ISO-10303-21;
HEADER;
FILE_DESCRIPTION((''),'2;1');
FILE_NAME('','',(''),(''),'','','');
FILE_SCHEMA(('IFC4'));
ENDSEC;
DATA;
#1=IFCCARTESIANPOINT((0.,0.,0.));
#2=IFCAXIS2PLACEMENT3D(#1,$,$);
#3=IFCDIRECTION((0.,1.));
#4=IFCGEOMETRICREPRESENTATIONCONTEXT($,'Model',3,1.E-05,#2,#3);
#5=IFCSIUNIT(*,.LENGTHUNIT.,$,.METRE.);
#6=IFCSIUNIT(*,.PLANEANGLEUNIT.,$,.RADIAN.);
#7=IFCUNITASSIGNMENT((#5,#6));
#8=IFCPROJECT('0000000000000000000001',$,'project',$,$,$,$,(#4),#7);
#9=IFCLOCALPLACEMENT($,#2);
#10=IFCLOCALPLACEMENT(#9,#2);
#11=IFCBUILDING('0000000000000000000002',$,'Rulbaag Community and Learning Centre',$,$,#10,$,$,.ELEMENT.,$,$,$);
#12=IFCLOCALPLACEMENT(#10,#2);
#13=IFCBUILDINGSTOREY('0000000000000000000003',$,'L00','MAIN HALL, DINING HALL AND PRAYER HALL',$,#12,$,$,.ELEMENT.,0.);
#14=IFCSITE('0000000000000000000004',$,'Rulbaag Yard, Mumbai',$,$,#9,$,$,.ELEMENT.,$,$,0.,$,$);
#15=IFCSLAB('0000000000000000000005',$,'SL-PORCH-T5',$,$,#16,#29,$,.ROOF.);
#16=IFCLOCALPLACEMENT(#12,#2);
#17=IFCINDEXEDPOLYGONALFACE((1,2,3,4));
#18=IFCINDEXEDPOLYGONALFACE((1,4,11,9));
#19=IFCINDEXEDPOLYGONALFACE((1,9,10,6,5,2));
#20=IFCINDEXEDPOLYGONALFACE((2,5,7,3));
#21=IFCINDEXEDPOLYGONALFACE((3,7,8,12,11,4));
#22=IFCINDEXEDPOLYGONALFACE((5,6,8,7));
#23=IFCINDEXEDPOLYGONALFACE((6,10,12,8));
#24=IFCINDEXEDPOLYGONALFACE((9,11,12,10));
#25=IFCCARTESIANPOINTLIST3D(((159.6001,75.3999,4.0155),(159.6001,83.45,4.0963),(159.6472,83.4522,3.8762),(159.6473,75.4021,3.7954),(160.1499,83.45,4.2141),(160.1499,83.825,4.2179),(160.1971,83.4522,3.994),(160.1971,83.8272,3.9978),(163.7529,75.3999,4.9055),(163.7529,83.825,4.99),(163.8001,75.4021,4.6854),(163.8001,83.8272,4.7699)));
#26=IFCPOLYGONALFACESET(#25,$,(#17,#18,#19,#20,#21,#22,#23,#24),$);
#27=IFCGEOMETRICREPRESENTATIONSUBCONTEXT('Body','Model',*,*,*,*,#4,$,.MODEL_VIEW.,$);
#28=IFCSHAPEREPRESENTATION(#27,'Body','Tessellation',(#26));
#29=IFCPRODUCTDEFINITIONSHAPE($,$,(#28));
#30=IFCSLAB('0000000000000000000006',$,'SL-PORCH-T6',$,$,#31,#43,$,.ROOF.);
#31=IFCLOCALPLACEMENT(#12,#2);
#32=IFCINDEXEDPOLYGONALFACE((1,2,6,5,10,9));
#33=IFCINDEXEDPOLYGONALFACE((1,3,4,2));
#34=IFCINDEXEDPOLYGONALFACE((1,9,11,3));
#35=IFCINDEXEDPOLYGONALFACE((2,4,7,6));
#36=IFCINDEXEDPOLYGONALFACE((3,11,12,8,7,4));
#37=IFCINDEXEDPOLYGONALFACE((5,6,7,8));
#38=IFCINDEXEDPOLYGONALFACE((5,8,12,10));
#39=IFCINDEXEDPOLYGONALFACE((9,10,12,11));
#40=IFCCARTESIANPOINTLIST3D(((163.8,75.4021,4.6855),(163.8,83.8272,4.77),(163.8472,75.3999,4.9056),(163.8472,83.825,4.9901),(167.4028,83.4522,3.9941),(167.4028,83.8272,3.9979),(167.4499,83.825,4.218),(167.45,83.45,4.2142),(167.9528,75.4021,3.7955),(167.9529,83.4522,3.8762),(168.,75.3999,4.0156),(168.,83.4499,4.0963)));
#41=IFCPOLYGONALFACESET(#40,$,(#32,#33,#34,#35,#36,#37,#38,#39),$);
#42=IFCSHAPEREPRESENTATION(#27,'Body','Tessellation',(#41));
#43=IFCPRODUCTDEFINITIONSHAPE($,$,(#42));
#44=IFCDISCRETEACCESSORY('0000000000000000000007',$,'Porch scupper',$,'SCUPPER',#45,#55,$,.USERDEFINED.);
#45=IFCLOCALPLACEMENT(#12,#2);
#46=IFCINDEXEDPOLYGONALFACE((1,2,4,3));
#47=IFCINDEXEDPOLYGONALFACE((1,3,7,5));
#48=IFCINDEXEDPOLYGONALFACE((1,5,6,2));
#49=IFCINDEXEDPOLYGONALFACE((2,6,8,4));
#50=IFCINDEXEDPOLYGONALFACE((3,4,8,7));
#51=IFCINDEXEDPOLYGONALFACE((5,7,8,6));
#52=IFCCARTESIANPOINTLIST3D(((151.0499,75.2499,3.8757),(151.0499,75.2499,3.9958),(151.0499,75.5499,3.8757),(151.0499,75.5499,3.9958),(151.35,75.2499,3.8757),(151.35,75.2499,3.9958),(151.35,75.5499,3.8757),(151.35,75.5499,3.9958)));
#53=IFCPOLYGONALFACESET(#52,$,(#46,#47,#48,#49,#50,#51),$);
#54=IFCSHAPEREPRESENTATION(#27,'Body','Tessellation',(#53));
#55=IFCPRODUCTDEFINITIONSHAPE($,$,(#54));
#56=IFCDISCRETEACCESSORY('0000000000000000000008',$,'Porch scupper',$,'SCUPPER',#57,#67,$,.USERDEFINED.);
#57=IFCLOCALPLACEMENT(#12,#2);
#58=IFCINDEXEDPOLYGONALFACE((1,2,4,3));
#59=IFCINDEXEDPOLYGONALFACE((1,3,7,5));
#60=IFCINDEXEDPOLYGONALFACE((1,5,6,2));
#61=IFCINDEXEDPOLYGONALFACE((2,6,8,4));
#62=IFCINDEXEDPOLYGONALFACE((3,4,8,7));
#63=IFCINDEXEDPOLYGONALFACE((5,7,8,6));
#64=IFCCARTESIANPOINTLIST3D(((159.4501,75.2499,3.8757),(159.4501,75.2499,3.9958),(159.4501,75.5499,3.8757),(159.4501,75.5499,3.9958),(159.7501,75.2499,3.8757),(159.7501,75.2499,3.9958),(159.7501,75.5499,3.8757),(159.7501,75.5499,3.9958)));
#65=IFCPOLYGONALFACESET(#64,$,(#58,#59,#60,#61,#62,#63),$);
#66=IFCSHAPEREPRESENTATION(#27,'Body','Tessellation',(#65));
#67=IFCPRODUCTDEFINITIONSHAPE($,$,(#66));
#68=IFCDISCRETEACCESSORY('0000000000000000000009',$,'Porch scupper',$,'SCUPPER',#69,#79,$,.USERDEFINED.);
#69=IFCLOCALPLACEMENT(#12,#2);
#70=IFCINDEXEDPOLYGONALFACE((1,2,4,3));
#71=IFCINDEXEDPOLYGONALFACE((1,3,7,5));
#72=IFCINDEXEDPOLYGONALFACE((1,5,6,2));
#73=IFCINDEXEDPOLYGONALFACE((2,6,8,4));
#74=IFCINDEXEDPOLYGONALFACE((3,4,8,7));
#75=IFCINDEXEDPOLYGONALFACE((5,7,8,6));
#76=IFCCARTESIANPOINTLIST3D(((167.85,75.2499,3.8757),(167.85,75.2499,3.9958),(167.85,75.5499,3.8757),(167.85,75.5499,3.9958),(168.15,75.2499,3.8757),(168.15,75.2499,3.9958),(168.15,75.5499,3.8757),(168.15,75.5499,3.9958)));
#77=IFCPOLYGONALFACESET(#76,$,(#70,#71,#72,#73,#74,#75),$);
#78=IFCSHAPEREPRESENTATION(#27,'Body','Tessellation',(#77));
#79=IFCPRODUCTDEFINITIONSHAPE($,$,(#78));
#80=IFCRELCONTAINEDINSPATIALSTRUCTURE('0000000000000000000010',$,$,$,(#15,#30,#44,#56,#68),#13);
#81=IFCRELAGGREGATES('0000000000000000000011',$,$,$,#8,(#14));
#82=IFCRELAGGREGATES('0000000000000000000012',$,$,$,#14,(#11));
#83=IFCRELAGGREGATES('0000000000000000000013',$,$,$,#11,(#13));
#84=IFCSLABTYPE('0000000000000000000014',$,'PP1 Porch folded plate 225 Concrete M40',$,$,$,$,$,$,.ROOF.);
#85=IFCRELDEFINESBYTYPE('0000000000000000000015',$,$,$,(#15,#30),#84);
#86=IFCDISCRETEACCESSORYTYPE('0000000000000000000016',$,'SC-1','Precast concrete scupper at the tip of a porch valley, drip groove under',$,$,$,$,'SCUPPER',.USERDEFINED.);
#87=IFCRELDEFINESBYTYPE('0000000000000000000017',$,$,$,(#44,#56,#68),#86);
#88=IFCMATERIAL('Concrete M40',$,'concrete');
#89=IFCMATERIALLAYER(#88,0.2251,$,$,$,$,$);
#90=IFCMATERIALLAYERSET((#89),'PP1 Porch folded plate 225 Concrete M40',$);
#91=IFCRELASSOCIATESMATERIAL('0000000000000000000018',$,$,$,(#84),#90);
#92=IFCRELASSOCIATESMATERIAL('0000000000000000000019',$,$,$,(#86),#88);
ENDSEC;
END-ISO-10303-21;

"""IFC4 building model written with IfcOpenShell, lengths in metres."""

from ifc_helpers import new_model, si_unit, direction, frame, origin, origin_2d, place, context, subcontext, project, spatial, polyline, rectangle, outline, extrude, material, layer, layer_set, type_object, element, save


model = new_model("IFC4")

# Units and contexts
model_context = context("Model", 3, precision=1e-05, world=origin(), true_north=direction((0.0, 1.0)))
body_context = subcontext(model_context, "Body", "Model", "MODEL_VIEW")
ifc_project = project(units=[si_unit("LENGTHUNIT", "METRE"), si_unit("PLANEANGLEUNIT", "RADIAN")], contexts=[model_context])

# Site, building, storey
site_placement = place(None, origin())
site = spatial("IfcSite", under=ifc_project, at=site_placement, Name="Rulbaag Yard, Mumbai", CompositionType="ELEMENT", RefElevation=0.0)
building_placement = place(site_placement, origin())
building = spatial("IfcBuilding", under=site, at=building_placement, Name="Rulbaag Community and Learning Centre", CompositionType="ELEMENT")
storey_placement = place(building_placement, origin())
storey = spatial("IfcBuildingStorey", under=building, at=storey_placement, Name="L00", Description="MAIN HALL, DINING HALL AND PRAYER HALL", CompositionType="ELEMENT", Elevation=0.0)

# Shared definitions
ifc_material_1 = material(Name="Concrete M40", Category="concrete")

# Slabs
ifc_layer_1 = layer(ifc_material_1, 0.2251)
ifc_layer_set_1 = layer_set([ifc_layer_1], Name="PP1 Porch folded plate 225 Concrete M40")
slab_type = type_object("IfcSlabType", Name="PP1 Porch folded plate 225 Concrete M40", PredefinedType="ROOF", material=ifc_layer_set_1)
slab_1_placement = place(storey_placement, frame((163.7529, 83.825, 4.99), z_axis=(-0.209535, -0.009807, 0.977752), x_axis=(0.000001, -0.99995, -0.01003)))
element("IfcSlab", 1, at=slab_1_placement, inside=storey, type_object=slab_type, Name="SL-PORCH-T5", PredefinedType="ROOF", context=body_context, shape_type="SweptSolid", body=[
    extrude(outline(polyline([(0.0, 0.0), (8.4255, 0.0), (8.4344, -4.2471), (0.3839, -4.2471), (0.3828, -3.6848), (0.0077, -3.6848), (0.0, 0.0)])), origin(), (0.0, 0.0, -1.0), 0.2251),
])
slab_2_placement = place(storey_placement, frame((168.0, 75.3999, 4.0156), z_axis=(0.209535, -0.009804, 0.977752), x_axis=(-0.977799, 0.0, 0.209545)))
element("IfcSlab", 2, at=slab_2_placement, inside=storey, type_object=slab_type, Name="SL-PORCH-T6", PredefinedType="ROOF", context=body_context, shape_type="SweptSolid", body=[
    extrude(outline(polyline([(0.0, 0.0), (4.2471, 0.0), (4.2648, -8.4255), (0.5802, -8.4255), (0.5794, -8.0504), (0.0169, -8.0504), (0.0, 0.0)])), origin(), (0.0, 0.0, -1.0), 0.2251),
])

# Discrete accessories
discrete_accessory_type = type_object("IfcDiscreteAccessoryType", Name="SC-1", Description="Precast concrete scupper at the tip of a porch valley, drip groove under", ElementType="SCUPPER", PredefinedType="USERDEFINED", material=ifc_material_1)
for number, where, z_axis, x_axis, name in (
    (3, (151.2, 75.3999, 3.8757), (0.0, 0.0, 1.0), (1.0, 0.0, 0.0), "Porch scupper"),
    (4, (159.6001, 75.3999, 3.8757), (0.0, 0.0, 1.0), (1.0, 0.0, 0.0), "Porch scupper"),
    (5, (168.0, 75.3999, 3.8757), (0.0, 0.0, 1.0), (1.0, 0.0, 0.0), "Porch scupper"),
):
    element("IfcDiscreteAccessory", number, at=place(storey_placement, frame(where, z_axis=z_axis, x_axis=x_axis)), inside=storey, type_object=discrete_accessory_type, Name=name, ObjectType="SCUPPER", PredefinedType="USERDEFINED", context=body_context, shape_type="SweptSolid", body=[
        extrude(rectangle(XDim=0.3, YDim=0.3, at=origin_2d()), origin(), (0.0, 0.0, 1.0), 0.1201),
    ])

save(model, "model.ifc")
